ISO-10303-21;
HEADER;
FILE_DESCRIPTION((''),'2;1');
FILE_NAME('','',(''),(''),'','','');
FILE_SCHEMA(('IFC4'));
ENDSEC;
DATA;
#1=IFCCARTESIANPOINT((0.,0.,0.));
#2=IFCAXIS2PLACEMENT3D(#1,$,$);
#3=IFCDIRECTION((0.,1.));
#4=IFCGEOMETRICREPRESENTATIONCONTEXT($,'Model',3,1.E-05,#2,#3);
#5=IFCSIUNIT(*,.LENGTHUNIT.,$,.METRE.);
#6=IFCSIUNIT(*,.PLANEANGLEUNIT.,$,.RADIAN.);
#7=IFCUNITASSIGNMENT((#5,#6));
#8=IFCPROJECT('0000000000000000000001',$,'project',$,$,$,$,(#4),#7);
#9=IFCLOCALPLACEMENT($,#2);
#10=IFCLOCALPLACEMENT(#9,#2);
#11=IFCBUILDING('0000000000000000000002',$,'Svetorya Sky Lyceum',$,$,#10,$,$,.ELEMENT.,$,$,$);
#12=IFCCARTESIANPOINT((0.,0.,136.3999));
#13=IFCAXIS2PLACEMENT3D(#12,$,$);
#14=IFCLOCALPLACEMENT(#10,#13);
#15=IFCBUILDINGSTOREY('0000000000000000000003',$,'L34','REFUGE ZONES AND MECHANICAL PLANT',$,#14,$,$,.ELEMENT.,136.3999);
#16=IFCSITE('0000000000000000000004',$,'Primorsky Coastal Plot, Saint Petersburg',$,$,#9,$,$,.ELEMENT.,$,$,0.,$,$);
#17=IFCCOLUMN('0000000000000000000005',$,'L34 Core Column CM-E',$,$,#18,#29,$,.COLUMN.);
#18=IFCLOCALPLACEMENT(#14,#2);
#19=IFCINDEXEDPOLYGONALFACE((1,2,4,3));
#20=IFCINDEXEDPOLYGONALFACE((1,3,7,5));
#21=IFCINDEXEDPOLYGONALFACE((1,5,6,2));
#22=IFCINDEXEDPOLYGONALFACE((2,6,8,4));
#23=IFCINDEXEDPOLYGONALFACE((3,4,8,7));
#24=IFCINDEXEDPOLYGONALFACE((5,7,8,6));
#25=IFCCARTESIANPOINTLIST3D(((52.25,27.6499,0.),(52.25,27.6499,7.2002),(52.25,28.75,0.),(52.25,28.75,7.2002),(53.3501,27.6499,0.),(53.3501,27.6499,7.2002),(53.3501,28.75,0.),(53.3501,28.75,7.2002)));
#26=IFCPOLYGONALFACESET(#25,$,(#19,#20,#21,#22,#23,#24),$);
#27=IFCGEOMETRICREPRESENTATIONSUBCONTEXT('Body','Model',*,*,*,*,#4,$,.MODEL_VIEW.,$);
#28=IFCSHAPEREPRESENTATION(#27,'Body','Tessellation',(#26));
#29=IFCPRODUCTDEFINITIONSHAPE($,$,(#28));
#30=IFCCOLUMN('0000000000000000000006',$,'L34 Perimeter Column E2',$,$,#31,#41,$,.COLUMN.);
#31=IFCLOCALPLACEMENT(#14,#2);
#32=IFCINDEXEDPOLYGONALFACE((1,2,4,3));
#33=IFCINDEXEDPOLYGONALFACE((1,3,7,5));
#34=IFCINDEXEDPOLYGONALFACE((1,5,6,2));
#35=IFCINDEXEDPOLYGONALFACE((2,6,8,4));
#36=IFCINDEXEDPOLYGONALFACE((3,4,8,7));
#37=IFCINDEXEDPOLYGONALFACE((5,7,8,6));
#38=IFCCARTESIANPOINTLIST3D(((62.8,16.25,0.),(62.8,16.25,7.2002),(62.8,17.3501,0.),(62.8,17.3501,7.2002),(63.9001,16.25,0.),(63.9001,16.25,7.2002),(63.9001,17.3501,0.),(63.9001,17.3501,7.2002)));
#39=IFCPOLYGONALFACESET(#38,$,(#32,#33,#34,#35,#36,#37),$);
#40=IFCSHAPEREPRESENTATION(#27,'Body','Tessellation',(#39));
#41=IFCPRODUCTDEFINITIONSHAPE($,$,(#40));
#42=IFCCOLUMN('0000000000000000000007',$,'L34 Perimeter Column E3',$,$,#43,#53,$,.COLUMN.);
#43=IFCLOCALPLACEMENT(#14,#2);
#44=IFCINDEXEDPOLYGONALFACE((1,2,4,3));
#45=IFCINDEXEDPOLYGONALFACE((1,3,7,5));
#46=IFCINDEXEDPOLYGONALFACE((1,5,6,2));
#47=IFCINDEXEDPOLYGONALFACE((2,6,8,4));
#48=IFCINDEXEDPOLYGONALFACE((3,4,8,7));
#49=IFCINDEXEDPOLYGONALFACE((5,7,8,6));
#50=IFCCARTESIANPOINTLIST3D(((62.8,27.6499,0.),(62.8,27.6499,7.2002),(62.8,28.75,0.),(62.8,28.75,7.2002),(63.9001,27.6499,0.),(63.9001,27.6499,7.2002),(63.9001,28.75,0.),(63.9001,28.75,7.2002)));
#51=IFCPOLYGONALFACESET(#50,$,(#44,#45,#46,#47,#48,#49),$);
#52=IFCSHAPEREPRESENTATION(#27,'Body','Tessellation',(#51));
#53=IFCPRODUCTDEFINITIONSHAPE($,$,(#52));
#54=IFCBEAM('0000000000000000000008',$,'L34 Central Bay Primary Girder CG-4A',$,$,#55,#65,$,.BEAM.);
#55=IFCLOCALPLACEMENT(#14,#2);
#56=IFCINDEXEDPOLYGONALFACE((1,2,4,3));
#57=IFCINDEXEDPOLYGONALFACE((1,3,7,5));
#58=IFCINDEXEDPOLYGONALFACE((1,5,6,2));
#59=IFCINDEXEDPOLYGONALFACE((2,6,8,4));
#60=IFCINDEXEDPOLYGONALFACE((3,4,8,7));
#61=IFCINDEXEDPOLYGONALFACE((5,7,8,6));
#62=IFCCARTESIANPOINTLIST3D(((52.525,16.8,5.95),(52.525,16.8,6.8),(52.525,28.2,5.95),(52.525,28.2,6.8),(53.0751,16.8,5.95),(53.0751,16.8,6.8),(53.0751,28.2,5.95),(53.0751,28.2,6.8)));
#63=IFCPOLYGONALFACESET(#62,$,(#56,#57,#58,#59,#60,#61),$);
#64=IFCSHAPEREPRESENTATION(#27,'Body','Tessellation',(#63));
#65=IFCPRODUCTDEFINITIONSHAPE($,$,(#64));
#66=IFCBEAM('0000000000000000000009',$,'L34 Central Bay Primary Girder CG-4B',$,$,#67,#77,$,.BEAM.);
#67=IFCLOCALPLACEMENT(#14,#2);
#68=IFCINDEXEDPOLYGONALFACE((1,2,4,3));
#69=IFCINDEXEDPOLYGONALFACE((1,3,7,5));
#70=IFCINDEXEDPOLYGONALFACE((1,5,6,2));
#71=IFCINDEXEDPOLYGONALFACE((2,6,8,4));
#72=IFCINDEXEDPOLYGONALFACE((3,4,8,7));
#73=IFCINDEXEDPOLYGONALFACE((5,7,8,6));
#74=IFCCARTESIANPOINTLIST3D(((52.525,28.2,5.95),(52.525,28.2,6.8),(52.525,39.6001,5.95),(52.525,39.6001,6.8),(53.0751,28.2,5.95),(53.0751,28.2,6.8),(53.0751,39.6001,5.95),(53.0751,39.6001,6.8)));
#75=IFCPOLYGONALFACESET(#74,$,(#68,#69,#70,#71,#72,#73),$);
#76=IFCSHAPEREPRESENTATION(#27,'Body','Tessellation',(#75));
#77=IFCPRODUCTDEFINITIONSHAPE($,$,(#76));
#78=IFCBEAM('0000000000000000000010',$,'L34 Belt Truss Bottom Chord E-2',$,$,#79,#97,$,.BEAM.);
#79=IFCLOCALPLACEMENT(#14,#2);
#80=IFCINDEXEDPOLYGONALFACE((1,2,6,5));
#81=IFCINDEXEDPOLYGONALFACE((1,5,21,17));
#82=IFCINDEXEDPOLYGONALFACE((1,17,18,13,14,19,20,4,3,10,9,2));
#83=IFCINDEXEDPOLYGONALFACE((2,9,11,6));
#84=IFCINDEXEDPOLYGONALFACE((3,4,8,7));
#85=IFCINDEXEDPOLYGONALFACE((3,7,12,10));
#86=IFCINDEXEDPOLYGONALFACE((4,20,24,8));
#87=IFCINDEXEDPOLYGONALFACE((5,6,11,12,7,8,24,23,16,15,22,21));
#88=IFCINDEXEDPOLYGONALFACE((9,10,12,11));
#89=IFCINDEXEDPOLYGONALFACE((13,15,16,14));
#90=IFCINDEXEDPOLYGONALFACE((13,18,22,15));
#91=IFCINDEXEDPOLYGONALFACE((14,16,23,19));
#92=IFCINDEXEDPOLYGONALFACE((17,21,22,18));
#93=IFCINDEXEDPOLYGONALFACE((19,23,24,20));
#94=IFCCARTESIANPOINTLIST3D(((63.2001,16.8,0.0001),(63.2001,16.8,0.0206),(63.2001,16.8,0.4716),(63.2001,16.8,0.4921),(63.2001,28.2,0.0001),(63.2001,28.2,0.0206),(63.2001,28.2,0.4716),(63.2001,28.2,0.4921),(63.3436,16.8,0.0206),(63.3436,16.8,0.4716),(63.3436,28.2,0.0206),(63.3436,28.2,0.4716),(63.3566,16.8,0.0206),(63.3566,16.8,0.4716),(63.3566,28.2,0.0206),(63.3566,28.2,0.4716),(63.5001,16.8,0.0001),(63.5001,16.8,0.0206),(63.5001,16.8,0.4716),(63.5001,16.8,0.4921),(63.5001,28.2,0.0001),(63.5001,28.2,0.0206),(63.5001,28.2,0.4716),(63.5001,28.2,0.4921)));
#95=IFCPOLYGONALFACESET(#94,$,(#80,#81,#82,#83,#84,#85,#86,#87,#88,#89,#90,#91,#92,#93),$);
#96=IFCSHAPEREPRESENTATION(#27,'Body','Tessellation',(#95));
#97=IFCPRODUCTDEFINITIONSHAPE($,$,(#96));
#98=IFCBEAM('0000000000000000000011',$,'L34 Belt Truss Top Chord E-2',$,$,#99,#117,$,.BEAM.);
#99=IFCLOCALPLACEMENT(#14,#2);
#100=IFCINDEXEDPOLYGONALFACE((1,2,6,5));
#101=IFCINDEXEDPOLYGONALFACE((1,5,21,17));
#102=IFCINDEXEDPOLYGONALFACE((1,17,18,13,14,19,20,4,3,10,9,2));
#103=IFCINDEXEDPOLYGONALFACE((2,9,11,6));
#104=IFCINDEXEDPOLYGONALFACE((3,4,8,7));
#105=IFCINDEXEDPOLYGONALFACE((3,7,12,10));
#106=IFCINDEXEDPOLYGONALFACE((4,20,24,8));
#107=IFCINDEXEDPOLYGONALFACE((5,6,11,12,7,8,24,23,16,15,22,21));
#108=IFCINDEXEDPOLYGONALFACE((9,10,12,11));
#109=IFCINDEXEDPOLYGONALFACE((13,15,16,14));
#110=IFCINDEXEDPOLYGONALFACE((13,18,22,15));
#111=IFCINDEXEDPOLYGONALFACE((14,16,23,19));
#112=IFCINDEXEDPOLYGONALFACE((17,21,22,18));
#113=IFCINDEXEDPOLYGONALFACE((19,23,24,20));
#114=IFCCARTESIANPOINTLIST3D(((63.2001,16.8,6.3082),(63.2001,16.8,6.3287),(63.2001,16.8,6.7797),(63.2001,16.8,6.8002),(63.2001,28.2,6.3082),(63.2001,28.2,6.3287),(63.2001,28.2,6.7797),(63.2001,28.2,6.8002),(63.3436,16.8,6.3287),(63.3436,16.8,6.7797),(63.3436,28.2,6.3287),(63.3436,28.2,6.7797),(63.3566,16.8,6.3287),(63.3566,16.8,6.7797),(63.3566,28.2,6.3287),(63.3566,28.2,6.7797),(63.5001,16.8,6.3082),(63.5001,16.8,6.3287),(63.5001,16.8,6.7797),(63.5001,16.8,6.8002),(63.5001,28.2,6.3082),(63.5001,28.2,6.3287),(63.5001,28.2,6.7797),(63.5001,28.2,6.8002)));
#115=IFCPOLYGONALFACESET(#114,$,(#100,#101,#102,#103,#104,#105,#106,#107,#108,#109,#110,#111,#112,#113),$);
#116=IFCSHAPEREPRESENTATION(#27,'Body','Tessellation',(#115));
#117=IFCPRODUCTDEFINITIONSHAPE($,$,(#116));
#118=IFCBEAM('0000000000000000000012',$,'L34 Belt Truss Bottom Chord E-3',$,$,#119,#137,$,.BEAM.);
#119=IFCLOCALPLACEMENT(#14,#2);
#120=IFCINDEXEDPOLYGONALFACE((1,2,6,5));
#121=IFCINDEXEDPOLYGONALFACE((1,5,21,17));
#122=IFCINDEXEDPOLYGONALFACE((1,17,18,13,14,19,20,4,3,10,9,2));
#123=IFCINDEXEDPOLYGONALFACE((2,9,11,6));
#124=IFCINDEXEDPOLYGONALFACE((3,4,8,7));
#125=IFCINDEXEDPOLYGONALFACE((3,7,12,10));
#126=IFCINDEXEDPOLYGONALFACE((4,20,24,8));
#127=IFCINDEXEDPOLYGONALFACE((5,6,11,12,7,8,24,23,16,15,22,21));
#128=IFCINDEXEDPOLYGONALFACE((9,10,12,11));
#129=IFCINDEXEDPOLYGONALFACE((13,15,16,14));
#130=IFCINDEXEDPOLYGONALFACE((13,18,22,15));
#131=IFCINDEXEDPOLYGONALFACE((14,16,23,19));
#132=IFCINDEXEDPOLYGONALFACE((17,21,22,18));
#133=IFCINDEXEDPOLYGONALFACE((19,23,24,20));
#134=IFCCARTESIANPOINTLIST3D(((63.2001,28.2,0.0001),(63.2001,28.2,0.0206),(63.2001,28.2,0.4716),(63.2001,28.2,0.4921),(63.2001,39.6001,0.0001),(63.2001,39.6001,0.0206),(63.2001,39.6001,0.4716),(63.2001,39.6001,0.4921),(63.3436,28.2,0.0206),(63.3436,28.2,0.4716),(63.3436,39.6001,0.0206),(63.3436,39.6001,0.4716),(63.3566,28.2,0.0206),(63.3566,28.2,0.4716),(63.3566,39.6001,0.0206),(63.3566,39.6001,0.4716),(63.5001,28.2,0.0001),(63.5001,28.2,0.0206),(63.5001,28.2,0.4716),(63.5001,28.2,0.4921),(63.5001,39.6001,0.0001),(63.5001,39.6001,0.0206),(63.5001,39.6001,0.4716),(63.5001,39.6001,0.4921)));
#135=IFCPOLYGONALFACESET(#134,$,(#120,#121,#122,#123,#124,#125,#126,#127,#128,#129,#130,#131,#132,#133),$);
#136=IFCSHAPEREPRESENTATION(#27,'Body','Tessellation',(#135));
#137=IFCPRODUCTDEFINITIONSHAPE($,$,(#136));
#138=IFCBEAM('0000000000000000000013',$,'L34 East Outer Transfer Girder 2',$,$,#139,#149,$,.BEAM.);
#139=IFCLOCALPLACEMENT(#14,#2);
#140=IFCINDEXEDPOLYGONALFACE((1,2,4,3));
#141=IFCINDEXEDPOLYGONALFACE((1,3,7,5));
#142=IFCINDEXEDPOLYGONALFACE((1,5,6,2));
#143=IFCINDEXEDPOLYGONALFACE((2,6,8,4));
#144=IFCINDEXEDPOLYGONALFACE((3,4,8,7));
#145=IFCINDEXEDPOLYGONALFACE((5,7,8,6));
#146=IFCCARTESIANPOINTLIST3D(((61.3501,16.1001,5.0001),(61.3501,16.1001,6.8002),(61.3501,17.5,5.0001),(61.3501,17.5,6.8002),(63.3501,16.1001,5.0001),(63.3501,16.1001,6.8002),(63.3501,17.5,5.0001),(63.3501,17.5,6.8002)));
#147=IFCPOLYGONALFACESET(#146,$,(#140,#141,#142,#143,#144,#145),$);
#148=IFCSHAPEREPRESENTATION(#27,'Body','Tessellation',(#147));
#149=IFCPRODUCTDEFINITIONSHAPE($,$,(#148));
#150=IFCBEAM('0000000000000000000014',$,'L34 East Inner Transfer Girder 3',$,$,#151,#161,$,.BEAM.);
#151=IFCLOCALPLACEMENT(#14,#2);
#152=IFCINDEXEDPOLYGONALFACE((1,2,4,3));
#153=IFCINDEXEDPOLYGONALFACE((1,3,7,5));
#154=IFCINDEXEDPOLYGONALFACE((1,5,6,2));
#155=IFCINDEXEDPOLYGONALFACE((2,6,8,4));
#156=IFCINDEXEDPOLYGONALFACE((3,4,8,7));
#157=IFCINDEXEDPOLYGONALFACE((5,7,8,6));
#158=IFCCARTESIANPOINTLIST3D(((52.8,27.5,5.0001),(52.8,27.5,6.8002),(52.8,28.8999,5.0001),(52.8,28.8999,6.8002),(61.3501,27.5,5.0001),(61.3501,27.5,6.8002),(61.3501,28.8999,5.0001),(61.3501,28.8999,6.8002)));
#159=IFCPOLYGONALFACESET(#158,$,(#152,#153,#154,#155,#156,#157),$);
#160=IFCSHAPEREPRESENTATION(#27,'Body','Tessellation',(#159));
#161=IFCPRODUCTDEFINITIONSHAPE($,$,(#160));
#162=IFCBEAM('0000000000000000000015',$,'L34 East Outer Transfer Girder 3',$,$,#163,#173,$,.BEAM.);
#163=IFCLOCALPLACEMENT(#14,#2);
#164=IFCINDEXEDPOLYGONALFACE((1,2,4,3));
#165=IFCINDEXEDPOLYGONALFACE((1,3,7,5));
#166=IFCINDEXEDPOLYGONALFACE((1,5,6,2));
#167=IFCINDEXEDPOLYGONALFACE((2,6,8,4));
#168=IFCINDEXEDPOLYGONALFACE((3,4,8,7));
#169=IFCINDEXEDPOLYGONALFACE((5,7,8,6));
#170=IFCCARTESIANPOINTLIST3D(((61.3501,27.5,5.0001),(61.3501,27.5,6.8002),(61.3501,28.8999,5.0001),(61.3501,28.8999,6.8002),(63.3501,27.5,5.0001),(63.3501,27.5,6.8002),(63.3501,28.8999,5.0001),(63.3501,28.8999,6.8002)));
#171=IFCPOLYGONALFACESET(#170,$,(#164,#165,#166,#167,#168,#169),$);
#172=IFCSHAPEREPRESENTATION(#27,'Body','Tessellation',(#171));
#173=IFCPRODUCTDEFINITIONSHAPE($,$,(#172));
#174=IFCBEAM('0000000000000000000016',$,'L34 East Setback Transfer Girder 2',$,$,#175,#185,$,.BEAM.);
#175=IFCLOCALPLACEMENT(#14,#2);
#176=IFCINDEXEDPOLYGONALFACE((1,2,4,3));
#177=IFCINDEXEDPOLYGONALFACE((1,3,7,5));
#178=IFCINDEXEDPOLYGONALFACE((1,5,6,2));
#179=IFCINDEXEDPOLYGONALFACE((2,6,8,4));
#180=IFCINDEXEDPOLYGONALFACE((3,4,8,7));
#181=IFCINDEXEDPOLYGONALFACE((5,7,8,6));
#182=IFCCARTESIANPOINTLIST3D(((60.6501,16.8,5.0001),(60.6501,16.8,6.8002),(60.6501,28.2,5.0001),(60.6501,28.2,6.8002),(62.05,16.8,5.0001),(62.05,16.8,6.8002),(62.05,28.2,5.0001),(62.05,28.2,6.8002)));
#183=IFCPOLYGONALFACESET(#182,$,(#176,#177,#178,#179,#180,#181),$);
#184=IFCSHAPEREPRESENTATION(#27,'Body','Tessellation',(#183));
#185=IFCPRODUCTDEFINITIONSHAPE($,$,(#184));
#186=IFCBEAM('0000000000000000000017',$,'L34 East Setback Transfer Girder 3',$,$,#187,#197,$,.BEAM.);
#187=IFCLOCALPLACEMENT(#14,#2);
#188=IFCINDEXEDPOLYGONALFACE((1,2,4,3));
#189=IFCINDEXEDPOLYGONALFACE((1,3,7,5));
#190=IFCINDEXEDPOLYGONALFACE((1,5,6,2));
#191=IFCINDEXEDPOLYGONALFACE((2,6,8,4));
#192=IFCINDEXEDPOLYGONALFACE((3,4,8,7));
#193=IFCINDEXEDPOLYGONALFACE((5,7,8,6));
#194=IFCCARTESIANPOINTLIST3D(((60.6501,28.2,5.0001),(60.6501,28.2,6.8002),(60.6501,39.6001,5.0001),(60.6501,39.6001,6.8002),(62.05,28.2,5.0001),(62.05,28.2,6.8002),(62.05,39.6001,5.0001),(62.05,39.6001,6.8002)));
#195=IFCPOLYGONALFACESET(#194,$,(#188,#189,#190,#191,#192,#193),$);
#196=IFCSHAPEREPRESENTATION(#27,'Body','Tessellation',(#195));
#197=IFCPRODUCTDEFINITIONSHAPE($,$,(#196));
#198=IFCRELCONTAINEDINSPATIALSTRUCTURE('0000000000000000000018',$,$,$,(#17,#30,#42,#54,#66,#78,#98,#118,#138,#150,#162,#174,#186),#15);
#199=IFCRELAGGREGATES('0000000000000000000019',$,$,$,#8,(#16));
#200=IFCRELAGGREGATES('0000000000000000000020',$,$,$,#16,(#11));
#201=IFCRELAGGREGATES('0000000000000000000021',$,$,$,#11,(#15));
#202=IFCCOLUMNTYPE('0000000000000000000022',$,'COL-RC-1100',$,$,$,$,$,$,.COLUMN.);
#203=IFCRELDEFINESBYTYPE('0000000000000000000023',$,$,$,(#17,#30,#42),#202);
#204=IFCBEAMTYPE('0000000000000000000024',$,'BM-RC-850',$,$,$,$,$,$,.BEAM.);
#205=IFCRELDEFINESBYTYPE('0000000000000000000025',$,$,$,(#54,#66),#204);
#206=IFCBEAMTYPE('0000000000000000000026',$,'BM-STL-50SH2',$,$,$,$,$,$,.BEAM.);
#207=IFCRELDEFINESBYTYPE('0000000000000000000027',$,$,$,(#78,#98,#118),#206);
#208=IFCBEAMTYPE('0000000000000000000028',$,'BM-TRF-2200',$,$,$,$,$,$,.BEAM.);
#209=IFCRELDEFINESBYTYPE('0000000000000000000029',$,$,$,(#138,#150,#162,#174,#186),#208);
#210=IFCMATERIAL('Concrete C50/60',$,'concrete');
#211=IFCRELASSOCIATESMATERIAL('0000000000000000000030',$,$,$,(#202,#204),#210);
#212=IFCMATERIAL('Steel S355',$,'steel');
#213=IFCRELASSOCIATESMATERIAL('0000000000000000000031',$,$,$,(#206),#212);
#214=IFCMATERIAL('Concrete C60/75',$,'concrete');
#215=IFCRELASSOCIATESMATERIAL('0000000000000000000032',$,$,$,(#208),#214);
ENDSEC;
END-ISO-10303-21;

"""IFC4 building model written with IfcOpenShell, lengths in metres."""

from ifc_helpers import new_model, si_unit, direction, frame, origin, origin_2d, place, context, subcontext, project, spatial, rectangle, i_section, extrude, material, material_profile, profile_set, type_object, element, save


model = new_model("IFC4")

# Units and contexts
model_context = context("Model", 3, precision=1e-05, world=origin(), true_north=direction((0.0, 1.0)))
body_context = subcontext(model_context, "Body", "Model", "MODEL_VIEW")
ifc_project = project(units=[si_unit("LENGTHUNIT", "METRE"), si_unit("PLANEANGLEUNIT", "RADIAN")], contexts=[model_context])

# Site, building, storey
site_placement = place(None, origin())
site = spatial("IfcSite", under=ifc_project, at=site_placement, Name="Primorsky Coastal Plot, Saint Petersburg", CompositionType="ELEMENT", RefElevation=0.0)
building_placement = place(site_placement, origin())
building = spatial("IfcBuilding", under=site, at=building_placement, Name="Svetorya Sky Lyceum", CompositionType="ELEMENT")
storey_placement = place(building_placement, frame((0.0, 0.0, 136.3999)))
storey = spatial("IfcBuildingStorey", under=building, at=storey_placement, Name="L34", Description="REFUGE ZONES AND MECHANICAL PLANT", CompositionType="ELEMENT", Elevation=136.3999)

# Columns
ifc_material_1 = material(Name="Concrete C50/60", Category="concrete")
ifc_material_profile_1 = material_profile(ifc_material_1, rectangle(XDim=1.1001, YDim=1.1001, at=origin_2d()), Name="RC COL 1100x1100")
ifc_profile_set_1 = profile_set([ifc_material_profile_1], Name="Concrete C50/60")
column_type = type_object("IfcColumnType", Name="COL-RC-1100", PredefinedType="COLUMN", material=ifc_profile_set_1)
for number, where, z_axis, x_axis, name in (
    (1, (52.8, 28.2, 0.0), (0.0, 0.0, 1.0), (1.0, 0.0, 0.0), "L34 Core Column CM-E"),
    (2, (63.3501, 16.8, 0.0), (0.0, 0.0, 1.0), (1.0, 0.0, 0.0), "L34 Perimeter Column E2"),
    (3, (63.3501, 28.2, 0.0), (0.0, 0.0, 1.0), (1.0, 0.0, 0.0), "L34 Perimeter Column E3"),
):
    element("IfcColumn", number, at=place(storey_placement, frame(where, z_axis=z_axis, x_axis=x_axis)), inside=storey, type_object=column_type, Name=name, PredefinedType="COLUMN", context=body_context, shape_type="SweptSolid", body=[
        extrude(rectangle(XDim=1.1001, YDim=1.1001, at=origin_2d()), origin(), (0.0, 0.0, 1.0), 7.2002),
    ])

# Beams
ifc_material_profile_2 = material_profile(ifc_material_1, rectangle(XDim=0.55, YDim=0.8501, at=origin_2d()), Name="RC BEAM 550x850")
ifc_profile_set_2 = profile_set([ifc_material_profile_2], Name="Concrete C50/60")
beam_type_1 = type_object("IfcBeamType", Name="BM-RC-850", PredefinedType="BEAM", material=ifc_profile_set_2)
beam_1_placement = place(storey_placement, frame((52.8, 16.8, 6.375), z_axis=(0.0, 1.0, 0.0), x_axis=(-1.0, 0.0, 0.0)))
element("IfcBeam", 4, at=beam_1_placement, inside=storey, type_object=beam_type_1, Name="L34 Central Bay Primary Girder CG-4A", PredefinedType="BEAM", context=body_context, shape_type="SweptSolid", body=[
    extrude(rectangle(XDim=0.55, YDim=0.8501, at=origin_2d()), origin(), (0.0, 0.0, 1.0), 11.3999),
])
beam_2_placement = place(storey_placement, frame((52.8, 28.2, 6.375), z_axis=(0.0, 1.0, 0.0), x_axis=(-1.0, 0.0, 0.0)))
element("IfcBeam", 5, at=beam_2_placement, inside=storey, type_object=beam_type_1, Name="L34 Central Bay Primary Girder CG-4B", PredefinedType="BEAM", context=body_context, shape_type="SweptSolid", body=[
    extrude(rectangle(XDim=0.55, YDim=0.8501, at=origin_2d()), origin(), (0.0, 0.0, 1.0), 11.4001),
])
ifc_material_2 = material(Name="Steel S355", Category="steel")
ifc_material_profile_3 = material_profile(ifc_material_2, i_section(OverallWidth=0.3, OverallDepth=0.4919, WebThickness=0.0129, FlangeThickness=0.0205, at=origin_2d()), Name="GOST 50Sh2")
ifc_profile_set_3 = profile_set([ifc_material_profile_3], Name="Steel S355")
beam_type_2 = type_object("IfcBeamType", Name="BM-STL-50SH2", PredefinedType="BEAM", material=ifc_profile_set_3)
for number, where, z_axis, x_axis, name in (
    (6, (63.3501, 16.8, 0.2461), (0.0, 1.0, 0.0), (-1.0, 0.0, 0.0), "L34 Belt Truss Bottom Chord E-2"),
    (7, (63.3501, 16.8, 6.5542), (0.0, 1.0, 0.0), (-1.0, 0.0, 0.0), "L34 Belt Truss Top Chord E-2"),
):
    element("IfcBeam", number, at=place(storey_placement, frame(where, z_axis=z_axis, x_axis=x_axis)), inside=storey, type_object=beam_type_2, Name=name, PredefinedType="BEAM", context=body_context, shape_type="SweptSolid", body=[
        extrude(i_section(OverallWidth=0.3, OverallDepth=0.4919, WebThickness=0.0129, FlangeThickness=0.0205, at=origin_2d()), origin(), (0.0, 0.0, 1.0), 11.3999),
    ])
beam_3_placement = place(storey_placement, frame((63.3501, 28.2, 0.2461), z_axis=(0.0, 1.0, 0.0), x_axis=(-1.0, 0.0, 0.0)))
element("IfcBeam", 8, at=beam_3_placement, inside=storey, type_object=beam_type_2, Name="L34 Belt Truss Bottom Chord E-3", PredefinedType="BEAM", context=body_context, shape_type="SweptSolid", body=[
    extrude(i_section(OverallWidth=0.3, OverallDepth=0.4919, WebThickness=0.0129, FlangeThickness=0.0205, at=origin_2d()), origin(), (0.0, 0.0, 1.0), 11.4001),
])
ifc_material_3 = material(Name="Concrete C60/75", Category="concrete")
ifc_material_profile_4 = material_profile(ifc_material_3, rectangle(XDim=1.3999, YDim=1.8, at=origin_2d()), Name="RC TRANSFER 1400x1800")
ifc_profile_set_4 = profile_set([ifc_material_profile_4], Name="Concrete C60/75")
beam_type_3 = type_object("IfcBeamType", Name="BM-TRF-2200", PredefinedType="BEAM", material=ifc_profile_set_4)
beam_4_placement = place(storey_placement, frame((61.3501, 16.8, 5.9001), z_axis=(1.0, 0.0, 0.0), x_axis=(0.0, 1.0, 0.0)))
element("IfcBeam", 9, at=beam_4_placement, inside=storey, type_object=beam_type_3, Name="L34 East Outer Transfer Girder 2", PredefinedType="BEAM", context=body_context, shape_type="SweptSolid", body=[
    extrude(rectangle(XDim=1.3999, YDim=1.8, at=origin_2d()), origin(), (0.0, 0.0, 1.0), 2.0),
])
beam_5_placement = place(storey_placement, frame((52.8, 28.2, 5.9001), z_axis=(1.0, 0.0, 0.0), x_axis=(0.0, 1.0, 0.0)))
element("IfcBeam", 10, at=beam_5_placement, inside=storey, type_object=beam_type_3, Name="L34 East Inner Transfer Girder 3", PredefinedType="BEAM", context=body_context, shape_type="SweptSolid", body=[
    extrude(rectangle(XDim=1.3999, YDim=1.8, at=origin_2d()), origin(), (0.0, 0.0, 1.0), 8.55),
])
beam_6_placement = place(storey_placement, frame((61.3501, 28.2, 5.9001), z_axis=(1.0, 0.0, 0.0), x_axis=(0.0, 1.0, 0.0)))
element("IfcBeam", 11, at=beam_6_placement, inside=storey, type_object=beam_type_3, Name="L34 East Outer Transfer Girder 3", PredefinedType="BEAM", context=body_context, shape_type="SweptSolid", body=[
    extrude(rectangle(XDim=1.3999, YDim=1.8, at=origin_2d()), origin(), (0.0, 0.0, 1.0), 2.0),
])
beam_7_placement = place(storey_placement, frame((61.3501, 16.8, 5.9001), z_axis=(0.0, 1.0, 0.0), x_axis=(-1.0, 0.0, 0.0)))
element("IfcBeam", 12, at=beam_7_placement, inside=storey, type_object=beam_type_3, Name="L34 East Setback Transfer Girder 2", PredefinedType="BEAM", context=body_context, shape_type="SweptSolid", body=[
    extrude(rectangle(XDim=1.3999, YDim=1.8, at=origin_2d()), origin(), (0.0, 0.0, 1.0), 11.3999),
])
beam_8_placement = place(storey_placement, frame((61.3501, 28.2, 5.9001), z_axis=(0.0, 1.0, 0.0), x_axis=(-1.0, 0.0, 0.0)))
element("IfcBeam", 13, at=beam_8_placement, inside=storey, type_object=beam_type_3, Name="L34 East Setback Transfer Girder 3", PredefinedType="BEAM", context=body_context, shape_type="SweptSolid", body=[
    extrude(rectangle(XDim=1.3999, YDim=1.8, at=origin_2d()), origin(), (0.0, 0.0, 1.0), 11.4001),
])

save(model, "model.ifc")
